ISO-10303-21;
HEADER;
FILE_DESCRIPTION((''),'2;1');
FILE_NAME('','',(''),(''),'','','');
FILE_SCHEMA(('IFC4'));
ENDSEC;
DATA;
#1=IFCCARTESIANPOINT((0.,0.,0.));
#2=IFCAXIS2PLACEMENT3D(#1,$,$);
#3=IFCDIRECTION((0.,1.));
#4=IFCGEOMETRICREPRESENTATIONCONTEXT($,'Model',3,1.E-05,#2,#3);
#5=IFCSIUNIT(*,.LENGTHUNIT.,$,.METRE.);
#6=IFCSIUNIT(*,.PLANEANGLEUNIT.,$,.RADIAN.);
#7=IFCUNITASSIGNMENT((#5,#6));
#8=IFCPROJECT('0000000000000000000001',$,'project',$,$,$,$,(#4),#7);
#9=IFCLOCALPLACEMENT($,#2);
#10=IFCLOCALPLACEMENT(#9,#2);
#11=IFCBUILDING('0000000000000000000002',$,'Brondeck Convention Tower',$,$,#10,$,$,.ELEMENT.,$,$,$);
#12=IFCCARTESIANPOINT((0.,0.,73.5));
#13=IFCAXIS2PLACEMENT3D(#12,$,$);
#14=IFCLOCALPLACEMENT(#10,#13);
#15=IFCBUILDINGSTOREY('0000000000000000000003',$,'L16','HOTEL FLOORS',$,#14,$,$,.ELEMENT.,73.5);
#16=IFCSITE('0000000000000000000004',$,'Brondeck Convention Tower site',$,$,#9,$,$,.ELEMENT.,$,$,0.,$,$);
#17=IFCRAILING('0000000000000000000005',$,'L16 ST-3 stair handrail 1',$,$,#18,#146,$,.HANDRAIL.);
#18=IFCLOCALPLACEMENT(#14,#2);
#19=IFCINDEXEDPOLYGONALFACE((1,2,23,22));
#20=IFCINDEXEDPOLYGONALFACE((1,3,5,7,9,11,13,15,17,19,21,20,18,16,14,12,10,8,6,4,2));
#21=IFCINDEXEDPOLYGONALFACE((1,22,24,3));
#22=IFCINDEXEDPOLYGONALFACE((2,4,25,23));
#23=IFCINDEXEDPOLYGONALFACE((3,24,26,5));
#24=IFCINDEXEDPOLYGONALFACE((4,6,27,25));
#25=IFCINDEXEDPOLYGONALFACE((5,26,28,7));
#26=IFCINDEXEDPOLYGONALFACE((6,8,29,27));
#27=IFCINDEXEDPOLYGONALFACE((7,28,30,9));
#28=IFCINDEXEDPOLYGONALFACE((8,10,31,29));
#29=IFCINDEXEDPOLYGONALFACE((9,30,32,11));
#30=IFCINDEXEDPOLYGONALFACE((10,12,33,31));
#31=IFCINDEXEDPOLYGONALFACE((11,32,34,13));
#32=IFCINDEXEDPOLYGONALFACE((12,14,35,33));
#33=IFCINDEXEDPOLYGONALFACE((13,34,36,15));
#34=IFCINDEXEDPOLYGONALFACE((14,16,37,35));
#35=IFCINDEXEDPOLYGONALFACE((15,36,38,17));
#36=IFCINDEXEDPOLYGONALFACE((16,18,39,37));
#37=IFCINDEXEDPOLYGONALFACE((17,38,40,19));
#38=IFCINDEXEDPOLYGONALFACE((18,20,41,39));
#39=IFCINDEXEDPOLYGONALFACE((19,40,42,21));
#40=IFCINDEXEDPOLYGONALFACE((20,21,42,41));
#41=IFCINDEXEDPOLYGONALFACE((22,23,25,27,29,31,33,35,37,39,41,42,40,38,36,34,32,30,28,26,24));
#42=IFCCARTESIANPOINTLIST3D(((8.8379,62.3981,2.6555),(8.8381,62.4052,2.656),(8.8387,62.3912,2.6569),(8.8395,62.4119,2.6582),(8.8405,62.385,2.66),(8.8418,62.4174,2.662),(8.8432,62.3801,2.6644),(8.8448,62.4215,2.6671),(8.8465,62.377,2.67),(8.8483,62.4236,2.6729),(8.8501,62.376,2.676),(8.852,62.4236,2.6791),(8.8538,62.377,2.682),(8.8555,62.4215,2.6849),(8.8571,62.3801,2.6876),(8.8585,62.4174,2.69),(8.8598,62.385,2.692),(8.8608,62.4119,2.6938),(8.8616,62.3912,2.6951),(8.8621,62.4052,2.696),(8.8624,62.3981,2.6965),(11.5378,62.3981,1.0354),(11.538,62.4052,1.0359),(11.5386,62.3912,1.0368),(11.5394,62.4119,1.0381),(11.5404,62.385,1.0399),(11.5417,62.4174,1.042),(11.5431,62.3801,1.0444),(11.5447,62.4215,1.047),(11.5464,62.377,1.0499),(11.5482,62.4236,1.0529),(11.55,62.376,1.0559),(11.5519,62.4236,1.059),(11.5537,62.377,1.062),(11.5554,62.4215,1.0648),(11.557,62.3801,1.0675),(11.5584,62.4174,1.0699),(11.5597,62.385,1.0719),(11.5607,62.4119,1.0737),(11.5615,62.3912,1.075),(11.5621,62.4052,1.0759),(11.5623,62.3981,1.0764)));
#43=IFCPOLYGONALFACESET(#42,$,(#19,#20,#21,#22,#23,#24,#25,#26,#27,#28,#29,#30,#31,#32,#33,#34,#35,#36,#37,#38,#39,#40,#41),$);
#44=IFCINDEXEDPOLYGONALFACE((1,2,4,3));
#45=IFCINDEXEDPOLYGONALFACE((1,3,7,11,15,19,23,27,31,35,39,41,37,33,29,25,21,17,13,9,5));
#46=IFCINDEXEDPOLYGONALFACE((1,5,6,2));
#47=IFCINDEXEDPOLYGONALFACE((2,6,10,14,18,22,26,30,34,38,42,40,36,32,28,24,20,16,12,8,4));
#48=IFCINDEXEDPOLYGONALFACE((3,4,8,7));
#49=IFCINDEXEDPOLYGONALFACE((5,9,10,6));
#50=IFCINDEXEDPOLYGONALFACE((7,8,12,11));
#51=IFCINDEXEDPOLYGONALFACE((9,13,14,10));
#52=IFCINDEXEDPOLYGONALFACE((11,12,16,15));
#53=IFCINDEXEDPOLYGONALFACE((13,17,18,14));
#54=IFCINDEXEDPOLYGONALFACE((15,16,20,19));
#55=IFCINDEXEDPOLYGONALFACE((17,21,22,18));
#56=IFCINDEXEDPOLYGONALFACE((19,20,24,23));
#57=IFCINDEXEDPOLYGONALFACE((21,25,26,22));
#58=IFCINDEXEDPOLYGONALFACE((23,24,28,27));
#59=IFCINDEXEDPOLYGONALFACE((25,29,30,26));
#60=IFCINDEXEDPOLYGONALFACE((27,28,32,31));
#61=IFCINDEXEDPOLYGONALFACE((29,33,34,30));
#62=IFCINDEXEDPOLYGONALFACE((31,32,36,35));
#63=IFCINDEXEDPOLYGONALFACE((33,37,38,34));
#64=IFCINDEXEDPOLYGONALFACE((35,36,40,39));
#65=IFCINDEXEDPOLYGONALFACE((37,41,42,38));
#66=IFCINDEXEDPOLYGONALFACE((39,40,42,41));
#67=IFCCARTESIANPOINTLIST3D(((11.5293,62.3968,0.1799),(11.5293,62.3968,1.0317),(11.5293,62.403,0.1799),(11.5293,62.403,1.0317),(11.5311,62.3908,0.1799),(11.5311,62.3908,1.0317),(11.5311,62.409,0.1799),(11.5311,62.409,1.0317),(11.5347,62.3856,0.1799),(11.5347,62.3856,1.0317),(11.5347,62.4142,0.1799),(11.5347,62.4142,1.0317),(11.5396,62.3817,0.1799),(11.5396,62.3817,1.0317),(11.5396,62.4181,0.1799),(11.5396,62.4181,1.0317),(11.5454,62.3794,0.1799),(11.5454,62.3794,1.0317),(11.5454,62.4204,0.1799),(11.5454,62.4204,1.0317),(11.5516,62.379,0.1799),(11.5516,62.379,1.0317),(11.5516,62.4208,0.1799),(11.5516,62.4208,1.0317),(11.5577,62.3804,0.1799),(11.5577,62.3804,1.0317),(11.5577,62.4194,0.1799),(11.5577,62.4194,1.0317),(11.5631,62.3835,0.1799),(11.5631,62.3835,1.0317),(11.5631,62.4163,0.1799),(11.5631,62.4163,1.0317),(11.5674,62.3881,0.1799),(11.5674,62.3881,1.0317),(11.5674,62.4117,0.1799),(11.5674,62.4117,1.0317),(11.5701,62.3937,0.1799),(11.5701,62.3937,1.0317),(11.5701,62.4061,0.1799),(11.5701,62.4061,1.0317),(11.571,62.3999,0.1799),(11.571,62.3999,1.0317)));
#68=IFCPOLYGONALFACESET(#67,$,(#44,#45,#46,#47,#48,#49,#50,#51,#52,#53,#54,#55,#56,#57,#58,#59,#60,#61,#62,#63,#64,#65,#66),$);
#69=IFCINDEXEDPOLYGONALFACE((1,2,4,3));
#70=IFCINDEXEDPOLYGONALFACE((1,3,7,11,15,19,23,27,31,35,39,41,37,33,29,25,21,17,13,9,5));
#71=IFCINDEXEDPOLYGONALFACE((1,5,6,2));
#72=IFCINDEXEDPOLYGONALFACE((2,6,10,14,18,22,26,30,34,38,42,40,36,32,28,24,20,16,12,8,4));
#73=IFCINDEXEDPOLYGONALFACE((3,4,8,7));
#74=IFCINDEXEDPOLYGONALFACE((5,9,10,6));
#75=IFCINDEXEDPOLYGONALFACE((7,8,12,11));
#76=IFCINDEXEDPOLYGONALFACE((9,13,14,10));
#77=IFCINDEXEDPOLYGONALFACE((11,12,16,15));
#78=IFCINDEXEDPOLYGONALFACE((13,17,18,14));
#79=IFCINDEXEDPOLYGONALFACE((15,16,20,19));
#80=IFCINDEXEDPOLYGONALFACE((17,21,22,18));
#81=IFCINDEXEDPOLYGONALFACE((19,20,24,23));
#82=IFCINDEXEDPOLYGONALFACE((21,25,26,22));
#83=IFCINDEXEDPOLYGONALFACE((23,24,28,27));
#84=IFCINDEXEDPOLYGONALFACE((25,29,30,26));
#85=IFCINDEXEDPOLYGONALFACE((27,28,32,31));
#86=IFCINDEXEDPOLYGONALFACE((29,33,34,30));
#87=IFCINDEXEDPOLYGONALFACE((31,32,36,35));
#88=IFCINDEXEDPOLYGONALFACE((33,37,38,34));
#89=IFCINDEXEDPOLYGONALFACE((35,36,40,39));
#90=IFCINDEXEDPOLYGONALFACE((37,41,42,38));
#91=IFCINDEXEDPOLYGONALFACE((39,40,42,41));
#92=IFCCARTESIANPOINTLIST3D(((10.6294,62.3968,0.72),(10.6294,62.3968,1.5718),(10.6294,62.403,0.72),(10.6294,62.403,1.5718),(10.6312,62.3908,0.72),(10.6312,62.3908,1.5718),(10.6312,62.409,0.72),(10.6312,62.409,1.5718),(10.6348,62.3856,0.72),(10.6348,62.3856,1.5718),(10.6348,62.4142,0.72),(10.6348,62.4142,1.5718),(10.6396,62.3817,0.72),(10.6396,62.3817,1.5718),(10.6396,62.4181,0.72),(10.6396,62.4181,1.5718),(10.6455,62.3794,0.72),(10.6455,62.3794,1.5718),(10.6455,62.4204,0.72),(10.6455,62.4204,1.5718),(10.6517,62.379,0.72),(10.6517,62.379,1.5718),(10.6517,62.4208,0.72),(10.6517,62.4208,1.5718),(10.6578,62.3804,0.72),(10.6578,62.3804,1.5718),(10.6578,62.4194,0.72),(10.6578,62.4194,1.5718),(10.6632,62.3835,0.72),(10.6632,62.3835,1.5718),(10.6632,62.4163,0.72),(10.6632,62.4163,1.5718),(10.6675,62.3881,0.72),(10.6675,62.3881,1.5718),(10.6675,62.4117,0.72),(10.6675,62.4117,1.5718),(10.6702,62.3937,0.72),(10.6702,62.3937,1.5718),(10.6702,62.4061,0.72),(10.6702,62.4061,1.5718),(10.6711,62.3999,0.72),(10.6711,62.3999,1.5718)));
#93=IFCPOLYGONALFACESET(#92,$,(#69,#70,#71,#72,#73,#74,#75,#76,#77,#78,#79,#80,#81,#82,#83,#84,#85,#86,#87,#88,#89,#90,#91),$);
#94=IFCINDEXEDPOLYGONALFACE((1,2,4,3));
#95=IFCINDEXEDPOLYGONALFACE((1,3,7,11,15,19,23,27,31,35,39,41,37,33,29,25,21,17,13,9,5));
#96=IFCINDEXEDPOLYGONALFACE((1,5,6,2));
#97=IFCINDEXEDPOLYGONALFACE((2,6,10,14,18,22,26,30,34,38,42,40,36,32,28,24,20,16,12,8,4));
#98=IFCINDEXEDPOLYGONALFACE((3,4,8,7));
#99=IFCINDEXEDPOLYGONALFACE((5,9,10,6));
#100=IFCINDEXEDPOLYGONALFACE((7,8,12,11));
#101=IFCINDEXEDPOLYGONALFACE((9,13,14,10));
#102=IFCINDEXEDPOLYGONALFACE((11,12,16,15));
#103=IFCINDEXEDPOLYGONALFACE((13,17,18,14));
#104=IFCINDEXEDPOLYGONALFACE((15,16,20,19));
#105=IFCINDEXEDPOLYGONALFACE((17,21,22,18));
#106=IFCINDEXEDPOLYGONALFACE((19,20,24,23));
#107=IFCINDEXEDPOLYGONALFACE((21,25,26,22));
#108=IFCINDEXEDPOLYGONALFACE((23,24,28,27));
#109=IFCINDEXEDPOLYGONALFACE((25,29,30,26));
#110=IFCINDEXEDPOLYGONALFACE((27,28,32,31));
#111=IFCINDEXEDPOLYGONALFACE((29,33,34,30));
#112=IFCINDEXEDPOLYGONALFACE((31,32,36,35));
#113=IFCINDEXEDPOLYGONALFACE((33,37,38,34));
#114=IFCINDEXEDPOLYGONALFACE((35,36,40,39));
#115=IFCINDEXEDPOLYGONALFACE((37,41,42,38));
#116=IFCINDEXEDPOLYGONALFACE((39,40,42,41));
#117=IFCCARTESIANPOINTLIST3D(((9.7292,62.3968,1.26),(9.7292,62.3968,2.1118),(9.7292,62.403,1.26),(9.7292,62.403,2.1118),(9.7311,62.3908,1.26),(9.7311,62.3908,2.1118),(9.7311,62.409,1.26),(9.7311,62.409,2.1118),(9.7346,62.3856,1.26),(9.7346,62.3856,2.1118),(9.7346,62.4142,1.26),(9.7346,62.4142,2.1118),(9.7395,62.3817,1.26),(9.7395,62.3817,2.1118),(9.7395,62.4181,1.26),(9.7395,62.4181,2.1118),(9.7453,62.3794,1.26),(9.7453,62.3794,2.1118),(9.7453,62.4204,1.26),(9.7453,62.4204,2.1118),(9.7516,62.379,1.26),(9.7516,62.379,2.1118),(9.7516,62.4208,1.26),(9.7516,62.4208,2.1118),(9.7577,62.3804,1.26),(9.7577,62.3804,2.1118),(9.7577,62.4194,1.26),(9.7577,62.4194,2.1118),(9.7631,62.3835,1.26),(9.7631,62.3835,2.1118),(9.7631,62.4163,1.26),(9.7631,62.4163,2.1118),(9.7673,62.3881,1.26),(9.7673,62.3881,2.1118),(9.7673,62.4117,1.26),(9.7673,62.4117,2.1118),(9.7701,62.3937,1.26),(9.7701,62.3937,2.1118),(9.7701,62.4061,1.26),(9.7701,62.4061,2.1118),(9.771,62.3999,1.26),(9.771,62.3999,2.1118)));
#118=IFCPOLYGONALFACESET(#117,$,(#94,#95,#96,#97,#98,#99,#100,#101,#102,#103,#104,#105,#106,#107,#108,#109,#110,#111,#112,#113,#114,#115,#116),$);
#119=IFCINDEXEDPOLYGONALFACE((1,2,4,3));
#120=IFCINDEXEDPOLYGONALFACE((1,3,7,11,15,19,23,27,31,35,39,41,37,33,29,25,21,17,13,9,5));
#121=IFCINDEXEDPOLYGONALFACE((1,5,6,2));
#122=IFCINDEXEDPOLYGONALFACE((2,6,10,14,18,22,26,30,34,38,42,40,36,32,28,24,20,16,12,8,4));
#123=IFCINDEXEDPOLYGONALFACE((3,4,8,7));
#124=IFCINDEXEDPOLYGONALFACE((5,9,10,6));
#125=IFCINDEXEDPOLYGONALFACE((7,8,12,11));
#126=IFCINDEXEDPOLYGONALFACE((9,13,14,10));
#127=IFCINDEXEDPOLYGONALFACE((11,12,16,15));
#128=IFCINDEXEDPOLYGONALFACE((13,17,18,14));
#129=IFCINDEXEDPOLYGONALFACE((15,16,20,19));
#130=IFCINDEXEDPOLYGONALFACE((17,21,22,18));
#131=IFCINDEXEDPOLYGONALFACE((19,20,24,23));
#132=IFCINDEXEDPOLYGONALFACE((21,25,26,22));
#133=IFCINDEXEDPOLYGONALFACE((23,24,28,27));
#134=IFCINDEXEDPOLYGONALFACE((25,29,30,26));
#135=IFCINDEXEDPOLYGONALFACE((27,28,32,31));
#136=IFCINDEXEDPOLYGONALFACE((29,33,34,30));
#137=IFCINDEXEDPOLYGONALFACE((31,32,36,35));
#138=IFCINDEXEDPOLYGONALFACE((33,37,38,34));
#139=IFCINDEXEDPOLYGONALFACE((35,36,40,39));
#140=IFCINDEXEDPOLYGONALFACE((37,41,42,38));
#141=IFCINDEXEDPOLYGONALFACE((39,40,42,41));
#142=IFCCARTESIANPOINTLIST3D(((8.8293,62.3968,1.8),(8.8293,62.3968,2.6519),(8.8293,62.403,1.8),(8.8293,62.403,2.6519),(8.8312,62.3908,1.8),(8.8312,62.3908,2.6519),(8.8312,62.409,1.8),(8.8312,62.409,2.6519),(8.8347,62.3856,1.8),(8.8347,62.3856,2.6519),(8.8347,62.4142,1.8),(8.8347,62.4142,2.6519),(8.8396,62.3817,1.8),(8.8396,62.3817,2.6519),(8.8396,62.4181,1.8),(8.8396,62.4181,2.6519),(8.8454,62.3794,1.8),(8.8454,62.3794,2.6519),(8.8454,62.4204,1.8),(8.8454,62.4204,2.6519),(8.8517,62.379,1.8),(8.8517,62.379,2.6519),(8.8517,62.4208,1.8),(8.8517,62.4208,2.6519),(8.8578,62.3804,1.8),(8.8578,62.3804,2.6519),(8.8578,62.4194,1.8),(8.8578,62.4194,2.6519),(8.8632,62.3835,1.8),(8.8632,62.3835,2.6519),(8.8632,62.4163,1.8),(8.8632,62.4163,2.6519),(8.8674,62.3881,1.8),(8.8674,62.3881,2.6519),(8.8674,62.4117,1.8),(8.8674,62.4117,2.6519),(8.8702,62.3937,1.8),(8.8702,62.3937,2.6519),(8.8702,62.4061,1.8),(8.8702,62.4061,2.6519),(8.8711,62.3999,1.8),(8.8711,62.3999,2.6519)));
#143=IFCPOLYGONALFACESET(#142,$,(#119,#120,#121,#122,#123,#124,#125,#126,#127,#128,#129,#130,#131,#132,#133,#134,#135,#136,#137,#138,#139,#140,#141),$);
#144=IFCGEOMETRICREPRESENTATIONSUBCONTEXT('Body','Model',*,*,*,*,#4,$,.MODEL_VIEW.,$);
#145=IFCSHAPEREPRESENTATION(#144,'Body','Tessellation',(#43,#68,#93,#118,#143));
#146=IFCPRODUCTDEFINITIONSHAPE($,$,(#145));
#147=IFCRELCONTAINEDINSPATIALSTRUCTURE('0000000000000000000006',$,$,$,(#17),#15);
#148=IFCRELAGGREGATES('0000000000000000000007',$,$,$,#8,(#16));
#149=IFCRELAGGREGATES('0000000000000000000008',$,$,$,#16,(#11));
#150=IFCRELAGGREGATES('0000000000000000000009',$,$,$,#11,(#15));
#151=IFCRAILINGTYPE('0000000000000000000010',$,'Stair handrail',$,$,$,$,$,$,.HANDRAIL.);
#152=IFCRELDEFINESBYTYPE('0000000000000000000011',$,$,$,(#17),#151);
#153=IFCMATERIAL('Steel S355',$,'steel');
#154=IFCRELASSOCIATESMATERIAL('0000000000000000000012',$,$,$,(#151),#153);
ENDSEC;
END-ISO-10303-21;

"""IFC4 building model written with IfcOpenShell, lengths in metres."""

from ifc_helpers import new_model, si_unit, direction, frame, origin, origin_2d, place, context, subcontext, project, spatial, circle, extrude, material, type_object, element, save


model = new_model("IFC4")

# Units and contexts
model_context = context("Model", 3, precision=1e-05, world=origin(), true_north=direction((0.0, 1.0)))
body_context = subcontext(model_context, "Body", "Model", "MODEL_VIEW")
ifc_project = project(units=[si_unit("LENGTHUNIT", "METRE"), si_unit("PLANEANGLEUNIT", "RADIAN")], contexts=[model_context])

# Site, building, storey
site_placement = place(None, origin())
site = spatial("IfcSite", under=ifc_project, at=site_placement, Name="Brondeck Convention Tower site", CompositionType="ELEMENT", RefElevation=0.0)
building_placement = place(site_placement, origin())
building = spatial("IfcBuilding", under=site, at=building_placement, Name="Brondeck Convention Tower", CompositionType="ELEMENT")
storey_placement = place(building_placement, frame((0.0, 0.0, 73.5)))
storey = spatial("IfcBuildingStorey", under=building, at=storey_placement, Name="L16", Description="HOTEL FLOORS", CompositionType="ELEMENT", Elevation=73.5)

# Railing
ifc_material_1 = material(Name="Steel S355", Category="steel")
railing_type_1 = type_object("IfcRailingType", Name="Stair handrail", PredefinedType="HANDRAIL", material=ifc_material_1)
railing_1_placement = place(storey_placement, frame((11.55, 62.3999, 0.1799)))
element("IfcRailing", 1, at=railing_1_placement, inside=storey, type_object=railing_type_1, Name="L16 ST-3 stair handrail 1", PredefinedType="HANDRAIL", context=body_context, shape_type="SweptSolid", body=[
    extrude(circle(Radius=0.0239, at=origin_2d()), frame((0.0, 0.0, 0.876), z_axis=(-0.857472, 0.0, 0.51453), x_axis=(0.0, -1.0, 0.0)), (0.0, 0.0, 1.0), 3.1487),
    extrude(circle(Radius=0.021, at=origin_2d()), origin(), (0.0, 0.0, 1.0), 0.8518),
    extrude(circle(Radius=0.021, at=origin_2d()), frame((-0.8999, 0.0, 0.54)), (0.0, 0.0, 1.0), 0.8518),
    extrude(circle(Radius=0.021, at=origin_2d()), frame((-1.8, 0.0, 1.0801)), (0.0, 0.0, 1.0), 0.8518),
    extrude(circle(Radius=0.021, at=origin_2d()), frame((-2.7, 0.0, 1.6201)), (0.0, 0.0, 1.0), 0.8518),
])

save(model, "model.ifc")
